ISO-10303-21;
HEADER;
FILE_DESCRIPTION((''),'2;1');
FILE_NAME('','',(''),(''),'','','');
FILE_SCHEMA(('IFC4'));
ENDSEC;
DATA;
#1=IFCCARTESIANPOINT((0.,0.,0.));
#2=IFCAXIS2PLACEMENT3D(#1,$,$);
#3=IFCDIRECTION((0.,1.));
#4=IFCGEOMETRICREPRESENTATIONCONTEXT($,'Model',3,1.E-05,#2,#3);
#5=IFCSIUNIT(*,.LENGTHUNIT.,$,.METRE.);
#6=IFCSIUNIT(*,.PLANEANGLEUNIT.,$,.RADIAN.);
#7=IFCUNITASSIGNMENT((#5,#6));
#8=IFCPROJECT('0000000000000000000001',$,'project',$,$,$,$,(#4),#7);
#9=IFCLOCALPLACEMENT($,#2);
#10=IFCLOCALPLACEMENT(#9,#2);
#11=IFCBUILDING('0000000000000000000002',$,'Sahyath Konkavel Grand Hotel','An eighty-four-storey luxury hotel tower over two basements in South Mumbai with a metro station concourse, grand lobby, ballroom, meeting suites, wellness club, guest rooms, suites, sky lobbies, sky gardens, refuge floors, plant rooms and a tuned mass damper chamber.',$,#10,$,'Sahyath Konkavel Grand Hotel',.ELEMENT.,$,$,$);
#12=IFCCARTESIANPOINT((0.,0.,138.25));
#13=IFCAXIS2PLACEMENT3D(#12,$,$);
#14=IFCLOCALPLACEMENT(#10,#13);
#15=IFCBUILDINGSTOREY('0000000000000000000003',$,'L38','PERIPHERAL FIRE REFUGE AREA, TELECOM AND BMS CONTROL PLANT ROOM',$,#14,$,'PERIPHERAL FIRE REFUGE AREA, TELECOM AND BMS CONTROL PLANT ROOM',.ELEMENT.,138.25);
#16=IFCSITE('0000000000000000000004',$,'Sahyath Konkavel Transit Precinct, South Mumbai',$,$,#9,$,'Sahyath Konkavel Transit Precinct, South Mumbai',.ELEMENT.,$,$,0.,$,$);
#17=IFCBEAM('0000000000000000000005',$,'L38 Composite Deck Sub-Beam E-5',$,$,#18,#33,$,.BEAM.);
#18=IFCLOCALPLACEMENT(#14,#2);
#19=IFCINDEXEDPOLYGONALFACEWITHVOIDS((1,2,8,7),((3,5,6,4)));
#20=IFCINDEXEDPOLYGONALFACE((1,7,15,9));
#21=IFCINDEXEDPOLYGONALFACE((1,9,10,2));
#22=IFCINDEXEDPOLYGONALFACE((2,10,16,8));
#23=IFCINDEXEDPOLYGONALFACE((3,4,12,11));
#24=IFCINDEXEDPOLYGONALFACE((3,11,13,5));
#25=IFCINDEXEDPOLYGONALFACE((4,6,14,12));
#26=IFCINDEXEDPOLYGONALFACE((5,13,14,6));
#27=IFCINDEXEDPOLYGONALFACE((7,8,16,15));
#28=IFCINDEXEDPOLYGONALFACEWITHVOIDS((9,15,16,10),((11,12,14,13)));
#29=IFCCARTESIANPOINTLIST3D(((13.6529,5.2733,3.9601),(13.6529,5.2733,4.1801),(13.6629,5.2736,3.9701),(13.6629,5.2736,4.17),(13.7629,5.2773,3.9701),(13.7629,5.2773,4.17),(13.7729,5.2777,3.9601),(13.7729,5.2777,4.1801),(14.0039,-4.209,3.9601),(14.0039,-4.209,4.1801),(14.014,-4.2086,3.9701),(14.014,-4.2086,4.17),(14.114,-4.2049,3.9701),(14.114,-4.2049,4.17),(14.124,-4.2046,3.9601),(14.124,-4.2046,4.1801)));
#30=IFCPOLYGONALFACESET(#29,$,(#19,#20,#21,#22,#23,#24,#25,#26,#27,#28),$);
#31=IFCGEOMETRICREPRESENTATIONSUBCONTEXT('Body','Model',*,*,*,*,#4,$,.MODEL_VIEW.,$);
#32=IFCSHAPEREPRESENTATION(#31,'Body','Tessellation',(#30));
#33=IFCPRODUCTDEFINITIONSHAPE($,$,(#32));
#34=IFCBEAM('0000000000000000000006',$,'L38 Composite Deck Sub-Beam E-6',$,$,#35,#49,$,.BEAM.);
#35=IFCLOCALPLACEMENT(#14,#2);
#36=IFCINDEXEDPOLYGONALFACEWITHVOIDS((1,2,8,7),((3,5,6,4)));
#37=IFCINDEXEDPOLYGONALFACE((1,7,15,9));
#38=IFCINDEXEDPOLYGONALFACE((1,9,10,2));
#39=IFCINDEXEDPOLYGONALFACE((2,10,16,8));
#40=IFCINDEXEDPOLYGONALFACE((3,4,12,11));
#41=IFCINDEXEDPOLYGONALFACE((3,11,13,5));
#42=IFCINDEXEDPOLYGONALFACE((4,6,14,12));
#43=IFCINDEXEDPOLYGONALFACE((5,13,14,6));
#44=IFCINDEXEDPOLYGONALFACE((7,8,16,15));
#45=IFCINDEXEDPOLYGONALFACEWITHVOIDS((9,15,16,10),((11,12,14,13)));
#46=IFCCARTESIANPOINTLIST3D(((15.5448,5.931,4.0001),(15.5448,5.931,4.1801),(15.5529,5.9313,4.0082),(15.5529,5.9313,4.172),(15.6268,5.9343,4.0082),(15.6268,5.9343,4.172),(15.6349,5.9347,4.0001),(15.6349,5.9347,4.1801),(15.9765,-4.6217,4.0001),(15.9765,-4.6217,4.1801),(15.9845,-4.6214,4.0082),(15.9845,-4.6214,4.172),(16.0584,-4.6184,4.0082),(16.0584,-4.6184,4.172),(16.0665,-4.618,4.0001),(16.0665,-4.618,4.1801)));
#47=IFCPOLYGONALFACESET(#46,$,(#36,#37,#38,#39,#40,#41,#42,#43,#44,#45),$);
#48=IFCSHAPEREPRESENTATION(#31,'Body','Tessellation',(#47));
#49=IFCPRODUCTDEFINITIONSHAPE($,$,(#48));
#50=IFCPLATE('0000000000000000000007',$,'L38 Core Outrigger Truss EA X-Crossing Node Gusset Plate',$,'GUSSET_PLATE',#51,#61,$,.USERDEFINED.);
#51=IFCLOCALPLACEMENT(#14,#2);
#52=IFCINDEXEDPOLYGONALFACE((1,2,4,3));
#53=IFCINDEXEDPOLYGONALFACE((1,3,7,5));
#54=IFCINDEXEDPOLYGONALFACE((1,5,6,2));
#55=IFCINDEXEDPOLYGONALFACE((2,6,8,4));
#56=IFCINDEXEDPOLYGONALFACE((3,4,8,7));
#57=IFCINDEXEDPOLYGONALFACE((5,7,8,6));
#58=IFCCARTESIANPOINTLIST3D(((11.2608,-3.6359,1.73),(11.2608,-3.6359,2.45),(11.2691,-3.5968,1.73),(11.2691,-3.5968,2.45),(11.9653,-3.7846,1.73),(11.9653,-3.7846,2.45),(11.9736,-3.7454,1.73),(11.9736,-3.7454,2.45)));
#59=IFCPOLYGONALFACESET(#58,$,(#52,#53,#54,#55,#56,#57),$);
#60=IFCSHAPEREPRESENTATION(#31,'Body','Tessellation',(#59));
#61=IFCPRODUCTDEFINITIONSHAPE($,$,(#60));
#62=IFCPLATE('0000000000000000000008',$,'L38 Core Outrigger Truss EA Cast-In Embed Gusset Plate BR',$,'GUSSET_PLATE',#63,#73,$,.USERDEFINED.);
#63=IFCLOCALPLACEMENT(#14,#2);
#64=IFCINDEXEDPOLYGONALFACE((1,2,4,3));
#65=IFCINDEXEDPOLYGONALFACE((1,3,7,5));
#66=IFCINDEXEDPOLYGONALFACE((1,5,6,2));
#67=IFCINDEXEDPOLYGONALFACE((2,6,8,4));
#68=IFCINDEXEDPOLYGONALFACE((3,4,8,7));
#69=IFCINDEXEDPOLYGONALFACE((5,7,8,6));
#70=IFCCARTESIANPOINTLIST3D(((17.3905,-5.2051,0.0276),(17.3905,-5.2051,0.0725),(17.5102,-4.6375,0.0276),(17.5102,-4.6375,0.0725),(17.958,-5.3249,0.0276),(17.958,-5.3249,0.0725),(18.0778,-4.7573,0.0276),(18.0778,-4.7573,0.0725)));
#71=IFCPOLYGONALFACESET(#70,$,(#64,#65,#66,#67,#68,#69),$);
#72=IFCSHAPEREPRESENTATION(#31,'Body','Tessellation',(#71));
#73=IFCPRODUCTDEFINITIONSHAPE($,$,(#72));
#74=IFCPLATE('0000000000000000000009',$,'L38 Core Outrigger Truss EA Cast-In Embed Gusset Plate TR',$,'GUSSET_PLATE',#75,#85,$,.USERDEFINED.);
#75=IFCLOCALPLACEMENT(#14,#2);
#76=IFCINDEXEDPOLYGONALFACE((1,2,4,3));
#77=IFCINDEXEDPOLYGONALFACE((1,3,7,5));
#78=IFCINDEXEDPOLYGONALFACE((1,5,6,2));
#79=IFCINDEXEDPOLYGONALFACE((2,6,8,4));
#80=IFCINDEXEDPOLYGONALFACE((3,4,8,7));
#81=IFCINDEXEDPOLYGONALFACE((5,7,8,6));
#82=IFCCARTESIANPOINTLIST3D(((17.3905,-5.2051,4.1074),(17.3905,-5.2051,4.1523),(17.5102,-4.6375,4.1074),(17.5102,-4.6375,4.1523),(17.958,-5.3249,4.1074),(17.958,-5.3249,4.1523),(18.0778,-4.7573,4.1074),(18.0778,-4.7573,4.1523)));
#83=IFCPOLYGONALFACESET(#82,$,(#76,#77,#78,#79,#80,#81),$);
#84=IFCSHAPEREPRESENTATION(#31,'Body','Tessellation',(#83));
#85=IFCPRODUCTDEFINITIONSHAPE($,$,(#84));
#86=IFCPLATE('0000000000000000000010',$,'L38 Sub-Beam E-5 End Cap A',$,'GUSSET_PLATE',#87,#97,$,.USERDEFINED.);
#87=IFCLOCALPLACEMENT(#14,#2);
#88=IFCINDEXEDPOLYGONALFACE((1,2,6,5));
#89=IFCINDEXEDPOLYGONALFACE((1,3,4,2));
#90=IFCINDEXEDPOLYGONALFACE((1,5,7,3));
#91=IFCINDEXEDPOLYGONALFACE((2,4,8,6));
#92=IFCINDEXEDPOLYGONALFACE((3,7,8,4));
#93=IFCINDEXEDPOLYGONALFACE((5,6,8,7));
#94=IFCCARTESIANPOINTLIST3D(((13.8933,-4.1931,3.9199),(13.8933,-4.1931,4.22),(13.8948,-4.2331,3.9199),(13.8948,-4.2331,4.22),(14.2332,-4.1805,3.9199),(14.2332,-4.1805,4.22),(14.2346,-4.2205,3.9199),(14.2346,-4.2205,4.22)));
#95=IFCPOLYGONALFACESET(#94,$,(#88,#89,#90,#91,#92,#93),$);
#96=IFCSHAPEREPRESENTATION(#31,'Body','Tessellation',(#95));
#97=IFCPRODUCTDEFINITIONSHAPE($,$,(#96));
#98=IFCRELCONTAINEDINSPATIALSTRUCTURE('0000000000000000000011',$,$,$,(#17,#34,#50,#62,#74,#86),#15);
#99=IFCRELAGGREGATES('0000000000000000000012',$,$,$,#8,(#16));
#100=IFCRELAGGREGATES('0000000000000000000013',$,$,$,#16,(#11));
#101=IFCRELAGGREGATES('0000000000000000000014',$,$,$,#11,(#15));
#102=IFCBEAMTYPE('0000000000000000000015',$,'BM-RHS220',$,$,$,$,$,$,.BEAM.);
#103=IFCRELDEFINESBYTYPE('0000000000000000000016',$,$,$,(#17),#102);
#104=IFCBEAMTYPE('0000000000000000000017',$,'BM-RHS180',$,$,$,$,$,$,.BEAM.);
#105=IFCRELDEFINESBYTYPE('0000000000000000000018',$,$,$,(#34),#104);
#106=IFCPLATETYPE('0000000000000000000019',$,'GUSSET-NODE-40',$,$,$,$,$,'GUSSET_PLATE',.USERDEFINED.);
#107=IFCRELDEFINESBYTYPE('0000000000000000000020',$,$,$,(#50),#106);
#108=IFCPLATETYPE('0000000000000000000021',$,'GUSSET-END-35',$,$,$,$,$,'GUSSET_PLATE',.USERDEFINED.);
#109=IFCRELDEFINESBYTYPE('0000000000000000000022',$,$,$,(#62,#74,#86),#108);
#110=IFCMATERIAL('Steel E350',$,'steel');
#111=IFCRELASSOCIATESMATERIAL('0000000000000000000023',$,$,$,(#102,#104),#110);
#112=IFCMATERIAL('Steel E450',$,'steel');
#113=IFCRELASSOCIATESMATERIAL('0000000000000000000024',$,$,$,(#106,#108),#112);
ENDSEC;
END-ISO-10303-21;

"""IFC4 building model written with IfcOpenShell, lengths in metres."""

from ifc_helpers import new_model, si_unit, direction, frame, origin, origin_2d, place, context, subcontext, project, spatial, rectangle, hollow_rectangle, extrude, source, transform, mapped, material, material_profile, profile_set, type_object, element, save


model = new_model("IFC4")

# Units and contexts
model_context = context("Model", 3, precision=1e-05, world=origin(), true_north=direction((0.0, 1.0)))
body_context = subcontext(model_context, "Body", "Model", "MODEL_VIEW")
ifc_project = project(units=[si_unit("LENGTHUNIT", "METRE"), si_unit("PLANEANGLEUNIT", "RADIAN")], contexts=[model_context])

# Site, building, storey
site_placement = place(None, origin())
site = spatial("IfcSite", under=ifc_project, at=site_placement, Name="Sahyath Konkavel Transit Precinct, South Mumbai", LongName="Sahyath Konkavel Transit Precinct, South Mumbai", CompositionType="ELEMENT", RefElevation=0.0)
building_placement = place(site_placement, origin())
building = spatial("IfcBuilding", under=site, at=building_placement, Name="Sahyath Konkavel Grand Hotel", Description="An eighty-four-storey luxury hotel tower over two basements in South Mumbai with a metro station concourse, grand lobby, ballroom, meeting suites, wellness club, guest rooms, suites, sky lobbies, sky gardens, refuge floors, plant rooms and a tuned mass damper chamber.", LongName="Sahyath Konkavel Grand Hotel", CompositionType="ELEMENT")
storey_placement = place(building_placement, frame((0.0, 0.0, 138.25)))
storey = spatial("IfcBuildingStorey", under=building, at=storey_placement, Name="L38", Description="PERIPHERAL FIRE REFUGE AREA, TELECOM AND BMS CONTROL PLANT ROOM", LongName="PERIPHERAL FIRE REFUGE AREA, TELECOM AND BMS CONTROL PLANT ROOM", CompositionType="ELEMENT", Elevation=138.25)

# Shared definitions
ifc_material_1 = material(Name="Steel E450", Category="steel")

# Shared definitions
ifc_material_2 = material(Name="Steel E350", Category="steel")

# Beams
ifc_material_profile_1 = material_profile(ifc_material_2, hollow_rectangle(XDim=0.1201, YDim=0.22, WallThickness=0.01, at=origin_2d()), Name="RHS 220x120x10")
ifc_profile_set_1 = profile_set([ifc_material_profile_1], Name="Steel E350")
beam_type_1 = type_object("IfcBeamType", Name="BM-RHS220", PredefinedType="BEAM", material=ifc_profile_set_1)
shared_shape_1 = source(origin(), body_context, "Body", "SweptSolid", [
    extrude(hollow_rectangle(XDim=0.1201, YDim=0.22, WallThickness=0.01, at=origin_2d()), origin(), (0.0, 0.0, 1.0), 9.4888),
])
beam_1_placement = place(storey_placement, frame((14.064, -4.2068, 4.0701), z_axis=(-0.036999, 0.999315, 0.0), x_axis=(-0.999315, -0.036999, 0.0)))
element("IfcBeam", 1, at=beam_1_placement, inside=storey, type_object=beam_type_1, Name="L38 Composite Deck Sub-Beam E-5", PredefinedType="BEAM", context=body_context, shape_type="MappedRepresentation", body=[
    mapped(shared_shape_1, transform((0.0, 0.0, 0.0), scale=1.0)),
])
ifc_material_profile_2 = material_profile(ifc_material_2, hollow_rectangle(XDim=0.0901, YDim=0.1799, WallThickness=0.0081, at=origin_2d()), Name="RHS 180x90x8")
ifc_profile_set_2 = profile_set([ifc_material_profile_2], Name="Steel E350")
beam_type_2 = type_object("IfcBeamType", Name="BM-RHS180", PredefinedType="BEAM", material=ifc_profile_set_2)
shared_shape_2 = source(origin(), body_context, "Body", "SweptSolid", [
    extrude(hollow_rectangle(XDim=0.0901, YDim=0.1799, WallThickness=0.0081, at=origin_2d()), origin(), (0.0, 0.0, 1.0), 10.5615),
])
beam_2_placement = place(storey_placement, frame((16.0215, -4.6199, 4.0901), z_axis=(-0.040869, 0.999165, 0.0), x_axis=(-0.999165, -0.040869, 0.0)))
element("IfcBeam", 2, at=beam_2_placement, inside=storey, type_object=beam_type_2, Name="L38 Composite Deck Sub-Beam E-6", PredefinedType="BEAM", context=body_context, shape_type="MappedRepresentation", body=[
    mapped(shared_shape_2, transform((0.0, 0.0, 0.0), scale=1.0)),
])

# Plates
plate_type_1 = type_object("IfcPlateType", Name="GUSSET-NODE-40", ElementType="GUSSET_PLATE", PredefinedType="USERDEFINED", material=ifc_material_1)
shared_shape_3 = source(origin(), body_context, "Body", "SweptSolid", [
    extrude(rectangle(XDim=0.72, YDim=0.04, at=origin_2d()), origin(), (0.0, 0.0, 1.0), 0.72),
])
plate_1_placement = place(storey_placement, frame((11.6172, -3.6907, 1.73), z_axis=(0.0, 0.0, 1.0), x_axis=(0.978459, -0.206443, 0.0)))
element("IfcPlate", 3, at=plate_1_placement, inside=storey, type_object=plate_type_1, Name="L38 Core Outrigger Truss EA X-Crossing Node Gusset Plate", ObjectType="GUSSET_PLATE", PredefinedType="USERDEFINED", context=body_context, shape_type="MappedRepresentation", body=[
    mapped(shared_shape_3, transform((0.0, 0.0, 0.0), scale=1.0)),
])
plate_type_2 = type_object("IfcPlateType", Name="GUSSET-END-35", ElementType="GUSSET_PLATE", PredefinedType="USERDEFINED", material=ifc_material_1)
shared_shape_4 = source(origin(), body_context, "Body", "SweptSolid", [
    extrude(rectangle(XDim=0.5801, YDim=0.5801, at=origin_2d()), origin(), (0.0, 0.0, 1.0), 0.0449),
])
for number, where, z_axis, x_axis, name in (
    (4, (17.7341, -4.9812, 0.0276), (0.0, 0.0, 1.0), (0.978459, -0.206443, 0.0), "L38 Core Outrigger Truss EA Cast-In Embed Gusset Plate BR"),
    (5, (17.7341, -4.9812, 4.1074), (0.0, 0.0, 1.0), (0.978459, -0.206443, 0.0), "L38 Core Outrigger Truss EA Cast-In Embed Gusset Plate TR"),
):
    element("IfcPlate", number, at=place(storey_placement, frame(where, z_axis=z_axis, x_axis=x_axis)), inside=storey, type_object=plate_type_2, Name=name, ObjectType="GUSSET_PLATE", PredefinedType="USERDEFINED", context=body_context, shape_type="MappedRepresentation", body=[
        mapped(shared_shape_4, transform((0.0, 0.0, 0.0), scale=1.0)),
    ])
shared_shape_5 = source(origin(), body_context, "Body", "SweptSolid", [
    extrude(rectangle(XDim=0.04, YDim=0.3401, at=origin_2d()), origin(), (0.0, 0.0, 1.0), 0.3),
])
plate_2_placement = place(storey_placement, frame((14.064, -4.2068, 3.9199), z_axis=(0.0, 0.0, 1.0), x_axis=(-0.03701, 0.999315, 0.0)))
element("IfcPlate", 6, at=plate_2_placement, inside=storey, type_object=plate_type_2, Name="L38 Sub-Beam E-5 End Cap A", ObjectType="GUSSET_PLATE", PredefinedType="USERDEFINED", context=body_context, shape_type="MappedRepresentation", body=[
    mapped(shared_shape_5, transform((0.0, 0.0, 0.0), scale=1.0)),
])

save(model, "model.ifc")
